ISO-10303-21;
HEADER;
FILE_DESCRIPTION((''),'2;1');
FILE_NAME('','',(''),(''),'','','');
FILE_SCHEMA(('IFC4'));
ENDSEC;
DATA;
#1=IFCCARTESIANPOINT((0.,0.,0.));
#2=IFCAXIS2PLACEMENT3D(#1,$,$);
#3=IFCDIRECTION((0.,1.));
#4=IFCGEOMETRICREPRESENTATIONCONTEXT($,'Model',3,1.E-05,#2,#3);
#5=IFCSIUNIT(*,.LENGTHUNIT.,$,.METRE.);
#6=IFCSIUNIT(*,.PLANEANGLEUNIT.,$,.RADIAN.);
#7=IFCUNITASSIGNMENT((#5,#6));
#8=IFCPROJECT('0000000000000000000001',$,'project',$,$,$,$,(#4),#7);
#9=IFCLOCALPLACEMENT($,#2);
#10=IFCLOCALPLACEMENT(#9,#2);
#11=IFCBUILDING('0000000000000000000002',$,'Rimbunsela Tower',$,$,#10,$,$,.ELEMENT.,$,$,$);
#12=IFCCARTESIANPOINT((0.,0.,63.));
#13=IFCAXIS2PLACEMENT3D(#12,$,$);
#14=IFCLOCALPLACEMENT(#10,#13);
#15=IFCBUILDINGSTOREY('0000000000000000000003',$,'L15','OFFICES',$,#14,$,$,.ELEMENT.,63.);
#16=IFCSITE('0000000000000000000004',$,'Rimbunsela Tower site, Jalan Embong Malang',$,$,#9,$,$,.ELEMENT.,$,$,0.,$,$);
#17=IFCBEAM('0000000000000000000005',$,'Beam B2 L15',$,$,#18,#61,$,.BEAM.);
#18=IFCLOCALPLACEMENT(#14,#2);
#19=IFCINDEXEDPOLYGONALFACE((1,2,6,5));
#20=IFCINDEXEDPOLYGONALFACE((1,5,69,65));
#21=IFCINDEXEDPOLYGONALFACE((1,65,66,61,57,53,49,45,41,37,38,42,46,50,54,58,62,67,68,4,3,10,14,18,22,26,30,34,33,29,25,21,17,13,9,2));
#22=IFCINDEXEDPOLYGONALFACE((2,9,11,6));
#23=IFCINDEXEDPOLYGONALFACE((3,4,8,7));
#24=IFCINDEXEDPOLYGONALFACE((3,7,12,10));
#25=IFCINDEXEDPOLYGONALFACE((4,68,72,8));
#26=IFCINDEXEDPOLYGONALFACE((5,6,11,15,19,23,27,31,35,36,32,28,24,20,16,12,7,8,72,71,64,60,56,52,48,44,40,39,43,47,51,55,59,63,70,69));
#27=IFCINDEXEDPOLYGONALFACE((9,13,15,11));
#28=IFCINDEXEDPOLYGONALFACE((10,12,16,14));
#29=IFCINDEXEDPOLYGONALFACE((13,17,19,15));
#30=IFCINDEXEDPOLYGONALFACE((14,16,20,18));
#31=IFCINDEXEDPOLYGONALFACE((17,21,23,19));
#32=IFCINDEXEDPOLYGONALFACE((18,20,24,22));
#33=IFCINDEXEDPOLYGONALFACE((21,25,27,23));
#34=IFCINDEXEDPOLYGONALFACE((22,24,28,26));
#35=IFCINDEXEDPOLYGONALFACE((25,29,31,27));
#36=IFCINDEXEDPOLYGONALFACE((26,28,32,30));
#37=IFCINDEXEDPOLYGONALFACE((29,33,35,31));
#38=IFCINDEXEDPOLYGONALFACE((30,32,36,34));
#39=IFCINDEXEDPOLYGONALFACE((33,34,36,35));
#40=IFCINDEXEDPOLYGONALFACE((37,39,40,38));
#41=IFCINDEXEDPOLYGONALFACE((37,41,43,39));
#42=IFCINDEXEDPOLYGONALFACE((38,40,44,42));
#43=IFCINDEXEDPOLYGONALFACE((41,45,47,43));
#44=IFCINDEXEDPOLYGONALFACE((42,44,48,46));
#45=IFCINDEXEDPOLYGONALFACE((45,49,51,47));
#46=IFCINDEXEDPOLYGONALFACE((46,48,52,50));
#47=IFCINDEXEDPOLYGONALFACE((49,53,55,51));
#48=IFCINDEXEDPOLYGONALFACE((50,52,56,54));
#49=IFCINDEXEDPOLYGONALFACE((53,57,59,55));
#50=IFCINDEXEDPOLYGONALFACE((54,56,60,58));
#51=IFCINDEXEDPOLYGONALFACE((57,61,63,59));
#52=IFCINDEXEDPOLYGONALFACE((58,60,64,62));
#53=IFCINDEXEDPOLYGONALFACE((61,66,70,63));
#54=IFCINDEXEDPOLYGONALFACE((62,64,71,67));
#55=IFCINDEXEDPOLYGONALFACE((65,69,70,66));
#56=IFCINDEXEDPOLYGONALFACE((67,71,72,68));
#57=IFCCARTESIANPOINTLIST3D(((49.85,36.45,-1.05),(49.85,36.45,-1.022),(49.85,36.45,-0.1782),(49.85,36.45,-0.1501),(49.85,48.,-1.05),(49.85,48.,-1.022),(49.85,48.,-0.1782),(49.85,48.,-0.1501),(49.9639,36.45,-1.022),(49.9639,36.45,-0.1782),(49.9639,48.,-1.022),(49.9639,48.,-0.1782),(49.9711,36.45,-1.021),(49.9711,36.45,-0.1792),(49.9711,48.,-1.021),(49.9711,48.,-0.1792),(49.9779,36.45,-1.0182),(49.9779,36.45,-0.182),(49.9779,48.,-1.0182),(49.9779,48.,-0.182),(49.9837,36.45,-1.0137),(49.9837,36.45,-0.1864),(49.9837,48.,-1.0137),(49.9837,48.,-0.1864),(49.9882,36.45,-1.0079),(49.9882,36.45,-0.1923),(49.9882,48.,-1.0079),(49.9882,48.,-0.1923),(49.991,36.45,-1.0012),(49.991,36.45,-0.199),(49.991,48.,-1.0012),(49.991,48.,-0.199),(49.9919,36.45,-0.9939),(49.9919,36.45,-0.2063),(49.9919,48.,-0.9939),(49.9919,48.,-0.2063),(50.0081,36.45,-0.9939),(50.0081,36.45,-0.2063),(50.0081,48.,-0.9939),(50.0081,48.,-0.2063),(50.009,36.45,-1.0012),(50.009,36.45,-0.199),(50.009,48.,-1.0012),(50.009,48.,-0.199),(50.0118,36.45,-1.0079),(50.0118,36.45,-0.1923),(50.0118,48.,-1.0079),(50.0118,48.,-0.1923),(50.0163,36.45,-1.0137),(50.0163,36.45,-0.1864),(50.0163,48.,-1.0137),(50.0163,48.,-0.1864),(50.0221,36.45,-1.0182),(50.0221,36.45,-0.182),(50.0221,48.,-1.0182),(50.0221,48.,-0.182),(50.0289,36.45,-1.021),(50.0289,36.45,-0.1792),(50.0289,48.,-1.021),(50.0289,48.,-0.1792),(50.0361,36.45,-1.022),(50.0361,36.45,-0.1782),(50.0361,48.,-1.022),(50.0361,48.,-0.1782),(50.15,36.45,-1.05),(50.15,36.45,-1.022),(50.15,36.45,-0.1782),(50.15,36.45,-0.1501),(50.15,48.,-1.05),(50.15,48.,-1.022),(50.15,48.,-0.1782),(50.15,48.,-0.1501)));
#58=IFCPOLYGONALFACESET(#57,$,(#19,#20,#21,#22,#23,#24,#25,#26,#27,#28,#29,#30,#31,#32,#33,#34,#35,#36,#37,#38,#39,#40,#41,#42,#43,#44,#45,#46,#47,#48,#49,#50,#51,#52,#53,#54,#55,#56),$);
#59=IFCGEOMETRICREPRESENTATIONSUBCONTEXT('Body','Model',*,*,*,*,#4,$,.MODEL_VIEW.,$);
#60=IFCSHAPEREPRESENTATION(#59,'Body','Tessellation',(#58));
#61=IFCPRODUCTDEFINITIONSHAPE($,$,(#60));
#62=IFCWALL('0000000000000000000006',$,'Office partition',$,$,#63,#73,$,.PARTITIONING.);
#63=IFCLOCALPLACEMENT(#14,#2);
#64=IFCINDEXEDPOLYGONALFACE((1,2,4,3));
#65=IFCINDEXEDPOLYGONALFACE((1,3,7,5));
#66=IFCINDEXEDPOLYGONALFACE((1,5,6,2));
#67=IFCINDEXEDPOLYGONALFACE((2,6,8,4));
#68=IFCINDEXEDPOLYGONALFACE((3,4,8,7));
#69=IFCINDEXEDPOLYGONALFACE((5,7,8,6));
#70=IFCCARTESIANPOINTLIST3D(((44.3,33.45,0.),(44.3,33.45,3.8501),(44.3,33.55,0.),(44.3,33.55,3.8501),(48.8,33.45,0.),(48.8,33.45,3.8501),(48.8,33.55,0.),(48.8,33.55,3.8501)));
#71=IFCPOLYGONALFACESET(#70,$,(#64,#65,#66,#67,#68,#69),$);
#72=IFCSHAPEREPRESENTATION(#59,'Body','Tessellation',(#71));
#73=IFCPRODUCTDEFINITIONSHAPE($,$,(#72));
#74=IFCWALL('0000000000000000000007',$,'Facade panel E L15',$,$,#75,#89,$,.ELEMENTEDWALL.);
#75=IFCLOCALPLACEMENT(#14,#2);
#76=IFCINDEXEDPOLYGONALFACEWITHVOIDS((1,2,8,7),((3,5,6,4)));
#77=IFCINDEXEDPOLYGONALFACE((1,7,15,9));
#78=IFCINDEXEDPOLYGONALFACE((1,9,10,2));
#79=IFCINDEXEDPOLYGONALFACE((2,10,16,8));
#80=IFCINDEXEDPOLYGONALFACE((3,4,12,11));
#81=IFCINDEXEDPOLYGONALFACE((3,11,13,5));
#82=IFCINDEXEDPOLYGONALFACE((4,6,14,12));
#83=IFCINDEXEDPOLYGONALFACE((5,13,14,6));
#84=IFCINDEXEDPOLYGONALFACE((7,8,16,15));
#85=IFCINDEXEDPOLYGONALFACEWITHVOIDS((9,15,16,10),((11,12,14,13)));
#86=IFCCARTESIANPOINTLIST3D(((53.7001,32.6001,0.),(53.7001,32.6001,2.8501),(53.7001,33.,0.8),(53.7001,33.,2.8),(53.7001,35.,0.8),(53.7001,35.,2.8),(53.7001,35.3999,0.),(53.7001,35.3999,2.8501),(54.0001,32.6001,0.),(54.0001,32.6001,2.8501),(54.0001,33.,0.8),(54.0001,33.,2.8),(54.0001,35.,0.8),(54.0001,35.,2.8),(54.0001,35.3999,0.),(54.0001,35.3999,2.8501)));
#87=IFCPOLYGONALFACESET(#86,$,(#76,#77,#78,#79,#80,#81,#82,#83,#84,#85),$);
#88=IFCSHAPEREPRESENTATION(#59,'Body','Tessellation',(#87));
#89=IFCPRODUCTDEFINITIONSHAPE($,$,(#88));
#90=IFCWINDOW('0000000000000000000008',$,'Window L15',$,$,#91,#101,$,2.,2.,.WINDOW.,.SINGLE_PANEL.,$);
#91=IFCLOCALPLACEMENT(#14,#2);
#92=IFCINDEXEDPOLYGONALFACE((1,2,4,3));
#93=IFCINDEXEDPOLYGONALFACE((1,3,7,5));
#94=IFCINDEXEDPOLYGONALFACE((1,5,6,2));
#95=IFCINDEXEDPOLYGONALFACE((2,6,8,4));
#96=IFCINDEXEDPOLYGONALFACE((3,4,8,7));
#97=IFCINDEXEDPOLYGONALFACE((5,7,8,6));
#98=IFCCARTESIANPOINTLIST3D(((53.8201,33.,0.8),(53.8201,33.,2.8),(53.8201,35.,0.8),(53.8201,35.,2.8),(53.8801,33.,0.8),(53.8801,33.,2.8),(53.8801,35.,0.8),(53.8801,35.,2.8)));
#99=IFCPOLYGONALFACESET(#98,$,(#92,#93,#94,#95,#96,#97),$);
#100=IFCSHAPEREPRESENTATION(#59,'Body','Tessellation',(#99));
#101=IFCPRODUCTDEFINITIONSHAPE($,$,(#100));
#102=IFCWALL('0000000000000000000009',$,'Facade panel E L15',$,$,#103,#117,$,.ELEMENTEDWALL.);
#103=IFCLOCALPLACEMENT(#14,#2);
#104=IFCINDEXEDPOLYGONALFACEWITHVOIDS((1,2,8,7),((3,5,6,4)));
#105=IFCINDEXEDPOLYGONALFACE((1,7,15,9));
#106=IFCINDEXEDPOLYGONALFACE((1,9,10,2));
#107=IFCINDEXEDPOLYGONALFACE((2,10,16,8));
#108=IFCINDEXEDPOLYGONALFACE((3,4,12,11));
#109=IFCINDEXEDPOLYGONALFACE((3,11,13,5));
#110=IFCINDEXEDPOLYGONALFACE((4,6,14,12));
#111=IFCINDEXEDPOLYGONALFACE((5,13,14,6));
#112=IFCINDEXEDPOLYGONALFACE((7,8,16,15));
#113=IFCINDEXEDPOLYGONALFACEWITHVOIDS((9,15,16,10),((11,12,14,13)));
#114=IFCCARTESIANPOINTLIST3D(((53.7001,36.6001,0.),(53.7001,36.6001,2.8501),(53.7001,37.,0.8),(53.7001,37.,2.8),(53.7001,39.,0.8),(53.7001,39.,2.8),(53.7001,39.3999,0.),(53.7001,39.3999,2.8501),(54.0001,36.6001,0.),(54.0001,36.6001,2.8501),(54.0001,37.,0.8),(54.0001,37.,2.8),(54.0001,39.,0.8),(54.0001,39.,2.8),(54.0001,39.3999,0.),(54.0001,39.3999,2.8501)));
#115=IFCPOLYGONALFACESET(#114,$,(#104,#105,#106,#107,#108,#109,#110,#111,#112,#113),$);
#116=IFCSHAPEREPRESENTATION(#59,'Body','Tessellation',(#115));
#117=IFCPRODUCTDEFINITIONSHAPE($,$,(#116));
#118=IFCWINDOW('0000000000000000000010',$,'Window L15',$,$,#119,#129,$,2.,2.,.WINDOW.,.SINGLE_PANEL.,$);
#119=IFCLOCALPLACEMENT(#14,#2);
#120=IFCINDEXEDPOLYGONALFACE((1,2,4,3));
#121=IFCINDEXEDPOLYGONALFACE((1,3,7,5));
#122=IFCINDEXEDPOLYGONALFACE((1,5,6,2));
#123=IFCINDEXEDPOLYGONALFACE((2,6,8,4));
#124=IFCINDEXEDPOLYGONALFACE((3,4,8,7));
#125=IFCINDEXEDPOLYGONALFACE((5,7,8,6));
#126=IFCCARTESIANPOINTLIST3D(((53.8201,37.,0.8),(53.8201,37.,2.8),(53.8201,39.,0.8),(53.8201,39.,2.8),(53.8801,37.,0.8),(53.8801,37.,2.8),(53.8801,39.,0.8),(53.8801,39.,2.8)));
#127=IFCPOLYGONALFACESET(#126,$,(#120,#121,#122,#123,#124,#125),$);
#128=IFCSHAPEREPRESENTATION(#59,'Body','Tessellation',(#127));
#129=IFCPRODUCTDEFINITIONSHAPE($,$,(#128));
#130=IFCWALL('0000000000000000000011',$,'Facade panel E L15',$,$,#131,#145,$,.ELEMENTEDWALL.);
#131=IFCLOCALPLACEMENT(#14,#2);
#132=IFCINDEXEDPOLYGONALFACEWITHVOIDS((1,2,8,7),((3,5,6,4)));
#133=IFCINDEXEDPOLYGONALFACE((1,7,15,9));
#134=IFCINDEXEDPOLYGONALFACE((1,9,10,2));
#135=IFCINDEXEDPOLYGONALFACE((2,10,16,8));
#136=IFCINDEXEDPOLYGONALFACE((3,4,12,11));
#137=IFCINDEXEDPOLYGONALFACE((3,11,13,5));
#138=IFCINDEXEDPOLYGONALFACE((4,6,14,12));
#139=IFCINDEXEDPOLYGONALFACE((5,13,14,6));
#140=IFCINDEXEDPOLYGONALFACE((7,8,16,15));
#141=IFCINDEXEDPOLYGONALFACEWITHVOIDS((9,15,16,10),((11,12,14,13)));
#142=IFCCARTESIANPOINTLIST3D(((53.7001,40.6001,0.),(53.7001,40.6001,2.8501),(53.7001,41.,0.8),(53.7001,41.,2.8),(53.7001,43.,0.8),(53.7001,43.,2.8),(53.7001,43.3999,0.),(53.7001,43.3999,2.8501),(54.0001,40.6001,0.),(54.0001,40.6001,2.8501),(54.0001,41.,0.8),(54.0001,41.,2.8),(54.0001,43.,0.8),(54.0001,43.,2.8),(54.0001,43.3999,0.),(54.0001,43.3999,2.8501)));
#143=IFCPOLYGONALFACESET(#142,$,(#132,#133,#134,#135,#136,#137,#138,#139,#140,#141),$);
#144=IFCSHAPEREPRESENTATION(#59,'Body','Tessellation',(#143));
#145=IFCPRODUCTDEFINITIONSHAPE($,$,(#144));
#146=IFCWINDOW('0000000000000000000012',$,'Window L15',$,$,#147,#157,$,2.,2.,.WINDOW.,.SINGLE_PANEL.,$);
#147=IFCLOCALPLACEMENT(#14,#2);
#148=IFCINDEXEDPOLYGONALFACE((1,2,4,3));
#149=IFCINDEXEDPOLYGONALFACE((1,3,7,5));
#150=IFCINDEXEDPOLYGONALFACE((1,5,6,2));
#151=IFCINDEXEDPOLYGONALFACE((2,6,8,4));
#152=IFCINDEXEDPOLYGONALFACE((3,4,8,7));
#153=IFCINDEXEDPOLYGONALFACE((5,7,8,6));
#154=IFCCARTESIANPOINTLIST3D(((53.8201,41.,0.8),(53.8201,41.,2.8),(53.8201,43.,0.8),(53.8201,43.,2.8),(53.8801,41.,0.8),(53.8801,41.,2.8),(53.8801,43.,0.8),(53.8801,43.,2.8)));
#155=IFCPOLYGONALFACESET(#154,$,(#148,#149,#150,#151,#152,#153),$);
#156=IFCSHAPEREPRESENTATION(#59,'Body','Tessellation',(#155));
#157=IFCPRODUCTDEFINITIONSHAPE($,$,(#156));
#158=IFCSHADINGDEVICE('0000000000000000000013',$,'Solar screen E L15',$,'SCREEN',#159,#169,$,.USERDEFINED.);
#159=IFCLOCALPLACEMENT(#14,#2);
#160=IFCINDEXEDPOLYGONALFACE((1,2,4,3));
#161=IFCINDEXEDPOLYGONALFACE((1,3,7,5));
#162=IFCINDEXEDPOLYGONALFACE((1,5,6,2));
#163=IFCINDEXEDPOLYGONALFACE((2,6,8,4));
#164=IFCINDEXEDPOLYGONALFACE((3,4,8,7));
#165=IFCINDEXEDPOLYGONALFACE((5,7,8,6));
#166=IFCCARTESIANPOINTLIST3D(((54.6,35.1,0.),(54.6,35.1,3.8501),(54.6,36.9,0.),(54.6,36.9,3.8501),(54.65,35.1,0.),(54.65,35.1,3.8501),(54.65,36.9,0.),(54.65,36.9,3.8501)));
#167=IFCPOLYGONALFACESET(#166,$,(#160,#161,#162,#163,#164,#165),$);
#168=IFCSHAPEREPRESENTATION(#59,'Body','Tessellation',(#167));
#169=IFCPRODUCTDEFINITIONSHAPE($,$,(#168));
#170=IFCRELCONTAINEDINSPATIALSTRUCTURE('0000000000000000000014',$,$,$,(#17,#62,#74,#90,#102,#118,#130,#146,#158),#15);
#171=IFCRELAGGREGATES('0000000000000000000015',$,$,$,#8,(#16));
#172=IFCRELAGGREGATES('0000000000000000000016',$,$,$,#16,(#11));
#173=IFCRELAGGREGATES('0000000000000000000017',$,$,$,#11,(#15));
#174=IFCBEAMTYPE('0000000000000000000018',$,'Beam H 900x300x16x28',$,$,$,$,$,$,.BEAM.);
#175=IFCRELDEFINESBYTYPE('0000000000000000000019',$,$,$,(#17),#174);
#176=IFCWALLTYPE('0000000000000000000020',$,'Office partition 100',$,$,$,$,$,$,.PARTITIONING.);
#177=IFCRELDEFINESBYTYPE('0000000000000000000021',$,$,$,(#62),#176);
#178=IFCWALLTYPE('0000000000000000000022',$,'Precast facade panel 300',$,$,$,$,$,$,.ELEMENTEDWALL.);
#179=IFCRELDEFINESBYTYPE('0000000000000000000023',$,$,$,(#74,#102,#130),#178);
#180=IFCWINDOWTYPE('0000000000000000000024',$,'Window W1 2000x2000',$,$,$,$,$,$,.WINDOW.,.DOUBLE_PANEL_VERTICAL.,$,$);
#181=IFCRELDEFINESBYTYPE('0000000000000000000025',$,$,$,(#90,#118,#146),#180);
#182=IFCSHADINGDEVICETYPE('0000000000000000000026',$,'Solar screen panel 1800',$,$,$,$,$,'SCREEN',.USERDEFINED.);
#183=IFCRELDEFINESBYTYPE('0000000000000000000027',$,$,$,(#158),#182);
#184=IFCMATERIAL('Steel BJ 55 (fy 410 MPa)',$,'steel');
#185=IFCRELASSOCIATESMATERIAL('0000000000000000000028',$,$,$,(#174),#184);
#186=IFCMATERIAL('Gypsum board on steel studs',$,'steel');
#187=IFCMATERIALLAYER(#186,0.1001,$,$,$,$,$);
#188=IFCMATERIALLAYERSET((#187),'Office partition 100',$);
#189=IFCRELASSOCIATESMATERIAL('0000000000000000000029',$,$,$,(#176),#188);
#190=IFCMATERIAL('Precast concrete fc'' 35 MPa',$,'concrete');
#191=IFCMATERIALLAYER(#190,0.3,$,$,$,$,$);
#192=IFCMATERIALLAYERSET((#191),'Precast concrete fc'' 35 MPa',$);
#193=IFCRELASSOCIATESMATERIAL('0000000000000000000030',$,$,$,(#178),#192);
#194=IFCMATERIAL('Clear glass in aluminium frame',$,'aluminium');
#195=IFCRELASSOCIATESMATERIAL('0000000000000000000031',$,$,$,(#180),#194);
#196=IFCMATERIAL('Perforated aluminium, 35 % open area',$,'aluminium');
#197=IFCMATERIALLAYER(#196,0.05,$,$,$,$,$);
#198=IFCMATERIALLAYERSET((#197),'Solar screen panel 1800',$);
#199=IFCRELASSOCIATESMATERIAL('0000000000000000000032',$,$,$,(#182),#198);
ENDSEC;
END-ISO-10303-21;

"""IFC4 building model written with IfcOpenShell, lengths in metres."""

from ifc_helpers import new_model, si_unit, direction, frame, frame_2d, origin, origin_2d, place, context, subcontext, project, spatial, rectangle, i_section, extrude, material, layer, layer_set, material_profile, profile_set, type_object, element, fill, save


model = new_model("IFC4")

# Units and contexts
model_context = context("Model", 3, precision=1e-05, world=origin(), true_north=direction((0.0, 1.0)))
body_context = subcontext(model_context, "Body", "Model", "MODEL_VIEW")
ifc_project = project(units=[si_unit("LENGTHUNIT", "METRE"), si_unit("PLANEANGLEUNIT", "RADIAN")], contexts=[model_context])

# Site, building, storey
site_placement = place(None, origin())
site = spatial("IfcSite", under=ifc_project, at=site_placement, Name="Rimbunsela Tower site, Jalan Embong Malang", CompositionType="ELEMENT", RefElevation=0.0)
building_placement = place(site_placement, origin())
building = spatial("IfcBuilding", under=site, at=building_placement, Name="Rimbunsela Tower", CompositionType="ELEMENT")
storey_placement = place(building_placement, frame((0.0, 0.0, 63.0)))
storey = spatial("IfcBuildingStorey", under=building, at=storey_placement, Name="L15", Description="OFFICES", CompositionType="ELEMENT", Elevation=63.0)

# Beam
ifc_material_1 = material(Name="Steel BJ 55 (fy 410 MPa)", Category="steel")
ifc_material_profile_1 = material_profile(ifc_material_1, i_section(OverallWidth=0.3, OverallDepth=0.8999, WebThickness=0.0161, FlangeThickness=0.0281, FilletRadius=0.0281, at=origin_2d()), Name="H 900x300x16x28")
ifc_profile_set_1 = profile_set([ifc_material_profile_1], Name="Steel BJ 55 (fy 410 MPa)")
beam_type_1 = type_object("IfcBeamType", Name="Beam H 900x300x16x28", PredefinedType="BEAM", material=ifc_profile_set_1)
beam_1_placement = place(storey_placement, frame((50.0, 36.45, -0.6001), z_axis=(0.0, 1.0, 0.0), x_axis=(-1.0, 0.0, 0.0)))
element("IfcBeam", 1, at=beam_1_placement, inside=storey, type_object=beam_type_1, Name="Beam B2 L15", PredefinedType="BEAM", context=body_context, shape_type="SweptSolid", body=[
    extrude(i_section(OverallWidth=0.3, OverallDepth=0.8999, WebThickness=0.0161, FlangeThickness=0.0281, FilletRadius=0.0281, at=origin_2d()), origin(), (0.0, 0.0, 1.0), 11.55),
])

# Wall
ifc_material_2 = material(Name="Gypsum board on steel studs", Category="steel")
ifc_layer_1 = layer(ifc_material_2, 0.1001)
ifc_layer_set_1 = layer_set([ifc_layer_1], Name="Office partition 100")
wall_type_1 = type_object("IfcWallType", Name="Office partition 100", PredefinedType="PARTITIONING", material=ifc_layer_set_1)
wall_1_placement = place(storey_placement, frame((48.8, 33.5, 0.0), z_axis=(0.0, 0.0, 1.0), x_axis=(-1.0, 0.0, 0.0)))
element("IfcWall", 2, at=wall_1_placement, inside=storey, type_object=wall_type_1, Name="Office partition", PredefinedType="PARTITIONING", context=body_context, shape_type="SweptSolid", body=[
    extrude(rectangle(XDim=4.5, YDim=0.1001, at=frame_2d((2.25, 0.0))), origin(), (0.0, 0.0, 1.0), 3.8501),
])

# Walls, openings, windows
ifc_material_3 = material(Name="Precast concrete fc' 35 MPa", Category="concrete")
ifc_layer_2 = layer(ifc_material_3, 0.3)
ifc_layer_set_2 = layer_set([ifc_layer_2], Name="Precast concrete fc' 35 MPa")
wall_type_2 = type_object("IfcWallType", Name="Precast facade panel 300", PredefinedType="ELEMENTEDWALL", material=ifc_layer_set_2)
wall_2_placement = place(storey_placement, frame((53.8501, 32.6001, 0.0), z_axis=(0.0, 0.0, 1.0), x_axis=(0.0, 1.0, 0.0)))
wall_2 = element("IfcWall", 3, at=wall_2_placement, inside=storey, type_object=wall_type_2, Name="Facade panel E L15", PredefinedType="ELEMENTEDWALL", context=body_context, shape_type="SweptSolid", body=[
    extrude(rectangle(XDim=2.7998, YDim=0.3, at=frame_2d((1.3999, 0.0))), origin(), (0.0, 0.0, 1.0), 2.8501),
])
opening_1_placement = place(wall_2_placement, frame((0.3999, 0.0, 0.8)))
opening_1 = element("IfcOpeningElement", 4, at=opening_1_placement, cuts=wall_2, PredefinedType="OPENING", context=body_context, shape_type="SweptSolid", body=[
    extrude(rectangle(XDim=2.0, YDim=2.0, at=frame_2d((1.0, 1.0))), frame((0.0, 0.1599, 0.0), z_axis=(0.0, -1.0, 0.0), x_axis=(1.0, 0.0, 0.0)), (0.0, 0.0, 1.0), 0.3201),
])
ifc_material_4 = material(Name="Clear glass in aluminium frame", Category="aluminium")
window_type = type_object("IfcWindowType", Name="Window W1 2000x2000", PartitioningType="DOUBLE_PANEL_VERTICAL", PredefinedType="WINDOW", material=ifc_material_4)
window_1_placement = place(opening_1_placement, origin())
window_1 = element("IfcWindow", 5, at=window_1_placement, inside=storey, type_object=window_type, Name="Window L15", OverallHeight=2.0, OverallWidth=2.0, PartitioningType="SINGLE_PANEL", PredefinedType="WINDOW", context=body_context, shape_type="SweptSolid", body=[
    extrude(rectangle(XDim=2.0, YDim=2.0, at=frame_2d((1.0, 1.0))), frame((0.0, 0.03, 0.0), z_axis=(0.0, -1.0, 0.0), x_axis=(1.0, 0.0, 0.0)), (0.0, 0.0, 1.0), 0.0601),
])
fill(opening_1, window_1)
wall_3_placement = place(storey_placement, frame((53.8501, 36.6001, 0.0), z_axis=(0.0, 0.0, 1.0), x_axis=(0.0, 1.0, 0.0)))
wall_3 = element("IfcWall", 6, at=wall_3_placement, inside=storey, type_object=wall_type_2, Name="Facade panel E L15", PredefinedType="ELEMENTEDWALL", context=body_context, shape_type="SweptSolid", body=[
    extrude(rectangle(XDim=2.7998, YDim=0.3, at=frame_2d((1.3999, 0.0))), origin(), (0.0, 0.0, 1.0), 2.8501),
])
opening_2_placement = place(wall_3_placement, frame((0.3999, 0.0, 0.8)))
opening_2 = element("IfcOpeningElement", 7, at=opening_2_placement, cuts=wall_3, PredefinedType="OPENING", context=body_context, shape_type="SweptSolid", body=[
    extrude(rectangle(XDim=2.0, YDim=2.0, at=frame_2d((1.0, 1.0))), frame((0.0, 0.1599, 0.0), z_axis=(0.0, -1.0, 0.0), x_axis=(1.0, 0.0, 0.0)), (0.0, 0.0, 1.0), 0.3201),
])
window_2_placement = place(opening_2_placement, origin())
window_2 = element("IfcWindow", 8, at=window_2_placement, inside=storey, type_object=window_type, Name="Window L15", OverallHeight=2.0, OverallWidth=2.0, PartitioningType="SINGLE_PANEL", PredefinedType="WINDOW", context=body_context, shape_type="SweptSolid", body=[
    extrude(rectangle(XDim=2.0, YDim=2.0, at=frame_2d((1.0, 1.0))), frame((0.0, 0.03, 0.0), z_axis=(0.0, -1.0, 0.0), x_axis=(1.0, 0.0, 0.0)), (0.0, 0.0, 1.0), 0.0601),
])
fill(opening_2, window_2)
wall_4_placement = place(storey_placement, frame((53.8501, 40.6001, 0.0), z_axis=(0.0, 0.0, 1.0), x_axis=(0.0, 1.0, 0.0)))
wall_4 = element("IfcWall", 9, at=wall_4_placement, inside=storey, type_object=wall_type_2, Name="Facade panel E L15", PredefinedType="ELEMENTEDWALL", context=body_context, shape_type="SweptSolid", body=[
    extrude(rectangle(XDim=2.7998, YDim=0.3, at=frame_2d((1.3999, 0.0))), origin(), (0.0, 0.0, 1.0), 2.8501),
])
opening_3_placement = place(wall_4_placement, frame((0.3999, 0.0, 0.8)))
opening_3 = element("IfcOpeningElement", 10, at=opening_3_placement, cuts=wall_4, PredefinedType="OPENING", context=body_context, shape_type="SweptSolid", body=[
    extrude(rectangle(XDim=2.0, YDim=2.0, at=frame_2d((1.0, 1.0))), frame((0.0, 0.1599, 0.0), z_axis=(0.0, -1.0, 0.0), x_axis=(1.0, 0.0, 0.0)), (0.0, 0.0, 1.0), 0.3201),
])
window_3_placement = place(opening_3_placement, origin())
window_3 = element("IfcWindow", 11, at=window_3_placement, inside=storey, type_object=window_type, Name="Window L15", OverallHeight=2.0, OverallWidth=2.0, PartitioningType="SINGLE_PANEL", PredefinedType="WINDOW", context=body_context, shape_type="SweptSolid", body=[
    extrude(rectangle(XDim=2.0, YDim=2.0, at=frame_2d((1.0, 1.0))), frame((0.0, 0.03, 0.0), z_axis=(0.0, -1.0, 0.0), x_axis=(1.0, 0.0, 0.0)), (0.0, 0.0, 1.0), 0.0601),
])
fill(opening_3, window_3)

# Shading device
ifc_material_5 = material(Name="Perforated aluminium, 35 % open area", Category="aluminium")
ifc_layer_3 = layer(ifc_material_5, 0.05)
ifc_layer_set_3 = layer_set([ifc_layer_3], Name="Solar screen panel 1800")
shading_device_type = type_object("IfcShadingDeviceType", Name="Solar screen panel 1800", ElementType="SCREEN", PredefinedType="USERDEFINED", material=ifc_layer_set_3)
for number, where, z_axis, x_axis, name in (
    (12, (54.625, 36.0, 0.0), (0.0, 0.0, 1.0), (0.0, 1.0, 0.0), "Solar screen E L15"),
):
    element("IfcShadingDevice", number, at=place(storey_placement, frame(where, z_axis=z_axis, x_axis=x_axis)), inside=storey, type_object=shading_device_type, Name=name, ObjectType="SCREEN", PredefinedType="USERDEFINED", context=body_context, shape_type="SweptSolid", body=[
        extrude(rectangle(XDim=1.8, YDim=0.05, at=origin_2d()), origin(), (0.0, 0.0, 1.0), 3.8501),
    ])

save(model, "model.ifc")
